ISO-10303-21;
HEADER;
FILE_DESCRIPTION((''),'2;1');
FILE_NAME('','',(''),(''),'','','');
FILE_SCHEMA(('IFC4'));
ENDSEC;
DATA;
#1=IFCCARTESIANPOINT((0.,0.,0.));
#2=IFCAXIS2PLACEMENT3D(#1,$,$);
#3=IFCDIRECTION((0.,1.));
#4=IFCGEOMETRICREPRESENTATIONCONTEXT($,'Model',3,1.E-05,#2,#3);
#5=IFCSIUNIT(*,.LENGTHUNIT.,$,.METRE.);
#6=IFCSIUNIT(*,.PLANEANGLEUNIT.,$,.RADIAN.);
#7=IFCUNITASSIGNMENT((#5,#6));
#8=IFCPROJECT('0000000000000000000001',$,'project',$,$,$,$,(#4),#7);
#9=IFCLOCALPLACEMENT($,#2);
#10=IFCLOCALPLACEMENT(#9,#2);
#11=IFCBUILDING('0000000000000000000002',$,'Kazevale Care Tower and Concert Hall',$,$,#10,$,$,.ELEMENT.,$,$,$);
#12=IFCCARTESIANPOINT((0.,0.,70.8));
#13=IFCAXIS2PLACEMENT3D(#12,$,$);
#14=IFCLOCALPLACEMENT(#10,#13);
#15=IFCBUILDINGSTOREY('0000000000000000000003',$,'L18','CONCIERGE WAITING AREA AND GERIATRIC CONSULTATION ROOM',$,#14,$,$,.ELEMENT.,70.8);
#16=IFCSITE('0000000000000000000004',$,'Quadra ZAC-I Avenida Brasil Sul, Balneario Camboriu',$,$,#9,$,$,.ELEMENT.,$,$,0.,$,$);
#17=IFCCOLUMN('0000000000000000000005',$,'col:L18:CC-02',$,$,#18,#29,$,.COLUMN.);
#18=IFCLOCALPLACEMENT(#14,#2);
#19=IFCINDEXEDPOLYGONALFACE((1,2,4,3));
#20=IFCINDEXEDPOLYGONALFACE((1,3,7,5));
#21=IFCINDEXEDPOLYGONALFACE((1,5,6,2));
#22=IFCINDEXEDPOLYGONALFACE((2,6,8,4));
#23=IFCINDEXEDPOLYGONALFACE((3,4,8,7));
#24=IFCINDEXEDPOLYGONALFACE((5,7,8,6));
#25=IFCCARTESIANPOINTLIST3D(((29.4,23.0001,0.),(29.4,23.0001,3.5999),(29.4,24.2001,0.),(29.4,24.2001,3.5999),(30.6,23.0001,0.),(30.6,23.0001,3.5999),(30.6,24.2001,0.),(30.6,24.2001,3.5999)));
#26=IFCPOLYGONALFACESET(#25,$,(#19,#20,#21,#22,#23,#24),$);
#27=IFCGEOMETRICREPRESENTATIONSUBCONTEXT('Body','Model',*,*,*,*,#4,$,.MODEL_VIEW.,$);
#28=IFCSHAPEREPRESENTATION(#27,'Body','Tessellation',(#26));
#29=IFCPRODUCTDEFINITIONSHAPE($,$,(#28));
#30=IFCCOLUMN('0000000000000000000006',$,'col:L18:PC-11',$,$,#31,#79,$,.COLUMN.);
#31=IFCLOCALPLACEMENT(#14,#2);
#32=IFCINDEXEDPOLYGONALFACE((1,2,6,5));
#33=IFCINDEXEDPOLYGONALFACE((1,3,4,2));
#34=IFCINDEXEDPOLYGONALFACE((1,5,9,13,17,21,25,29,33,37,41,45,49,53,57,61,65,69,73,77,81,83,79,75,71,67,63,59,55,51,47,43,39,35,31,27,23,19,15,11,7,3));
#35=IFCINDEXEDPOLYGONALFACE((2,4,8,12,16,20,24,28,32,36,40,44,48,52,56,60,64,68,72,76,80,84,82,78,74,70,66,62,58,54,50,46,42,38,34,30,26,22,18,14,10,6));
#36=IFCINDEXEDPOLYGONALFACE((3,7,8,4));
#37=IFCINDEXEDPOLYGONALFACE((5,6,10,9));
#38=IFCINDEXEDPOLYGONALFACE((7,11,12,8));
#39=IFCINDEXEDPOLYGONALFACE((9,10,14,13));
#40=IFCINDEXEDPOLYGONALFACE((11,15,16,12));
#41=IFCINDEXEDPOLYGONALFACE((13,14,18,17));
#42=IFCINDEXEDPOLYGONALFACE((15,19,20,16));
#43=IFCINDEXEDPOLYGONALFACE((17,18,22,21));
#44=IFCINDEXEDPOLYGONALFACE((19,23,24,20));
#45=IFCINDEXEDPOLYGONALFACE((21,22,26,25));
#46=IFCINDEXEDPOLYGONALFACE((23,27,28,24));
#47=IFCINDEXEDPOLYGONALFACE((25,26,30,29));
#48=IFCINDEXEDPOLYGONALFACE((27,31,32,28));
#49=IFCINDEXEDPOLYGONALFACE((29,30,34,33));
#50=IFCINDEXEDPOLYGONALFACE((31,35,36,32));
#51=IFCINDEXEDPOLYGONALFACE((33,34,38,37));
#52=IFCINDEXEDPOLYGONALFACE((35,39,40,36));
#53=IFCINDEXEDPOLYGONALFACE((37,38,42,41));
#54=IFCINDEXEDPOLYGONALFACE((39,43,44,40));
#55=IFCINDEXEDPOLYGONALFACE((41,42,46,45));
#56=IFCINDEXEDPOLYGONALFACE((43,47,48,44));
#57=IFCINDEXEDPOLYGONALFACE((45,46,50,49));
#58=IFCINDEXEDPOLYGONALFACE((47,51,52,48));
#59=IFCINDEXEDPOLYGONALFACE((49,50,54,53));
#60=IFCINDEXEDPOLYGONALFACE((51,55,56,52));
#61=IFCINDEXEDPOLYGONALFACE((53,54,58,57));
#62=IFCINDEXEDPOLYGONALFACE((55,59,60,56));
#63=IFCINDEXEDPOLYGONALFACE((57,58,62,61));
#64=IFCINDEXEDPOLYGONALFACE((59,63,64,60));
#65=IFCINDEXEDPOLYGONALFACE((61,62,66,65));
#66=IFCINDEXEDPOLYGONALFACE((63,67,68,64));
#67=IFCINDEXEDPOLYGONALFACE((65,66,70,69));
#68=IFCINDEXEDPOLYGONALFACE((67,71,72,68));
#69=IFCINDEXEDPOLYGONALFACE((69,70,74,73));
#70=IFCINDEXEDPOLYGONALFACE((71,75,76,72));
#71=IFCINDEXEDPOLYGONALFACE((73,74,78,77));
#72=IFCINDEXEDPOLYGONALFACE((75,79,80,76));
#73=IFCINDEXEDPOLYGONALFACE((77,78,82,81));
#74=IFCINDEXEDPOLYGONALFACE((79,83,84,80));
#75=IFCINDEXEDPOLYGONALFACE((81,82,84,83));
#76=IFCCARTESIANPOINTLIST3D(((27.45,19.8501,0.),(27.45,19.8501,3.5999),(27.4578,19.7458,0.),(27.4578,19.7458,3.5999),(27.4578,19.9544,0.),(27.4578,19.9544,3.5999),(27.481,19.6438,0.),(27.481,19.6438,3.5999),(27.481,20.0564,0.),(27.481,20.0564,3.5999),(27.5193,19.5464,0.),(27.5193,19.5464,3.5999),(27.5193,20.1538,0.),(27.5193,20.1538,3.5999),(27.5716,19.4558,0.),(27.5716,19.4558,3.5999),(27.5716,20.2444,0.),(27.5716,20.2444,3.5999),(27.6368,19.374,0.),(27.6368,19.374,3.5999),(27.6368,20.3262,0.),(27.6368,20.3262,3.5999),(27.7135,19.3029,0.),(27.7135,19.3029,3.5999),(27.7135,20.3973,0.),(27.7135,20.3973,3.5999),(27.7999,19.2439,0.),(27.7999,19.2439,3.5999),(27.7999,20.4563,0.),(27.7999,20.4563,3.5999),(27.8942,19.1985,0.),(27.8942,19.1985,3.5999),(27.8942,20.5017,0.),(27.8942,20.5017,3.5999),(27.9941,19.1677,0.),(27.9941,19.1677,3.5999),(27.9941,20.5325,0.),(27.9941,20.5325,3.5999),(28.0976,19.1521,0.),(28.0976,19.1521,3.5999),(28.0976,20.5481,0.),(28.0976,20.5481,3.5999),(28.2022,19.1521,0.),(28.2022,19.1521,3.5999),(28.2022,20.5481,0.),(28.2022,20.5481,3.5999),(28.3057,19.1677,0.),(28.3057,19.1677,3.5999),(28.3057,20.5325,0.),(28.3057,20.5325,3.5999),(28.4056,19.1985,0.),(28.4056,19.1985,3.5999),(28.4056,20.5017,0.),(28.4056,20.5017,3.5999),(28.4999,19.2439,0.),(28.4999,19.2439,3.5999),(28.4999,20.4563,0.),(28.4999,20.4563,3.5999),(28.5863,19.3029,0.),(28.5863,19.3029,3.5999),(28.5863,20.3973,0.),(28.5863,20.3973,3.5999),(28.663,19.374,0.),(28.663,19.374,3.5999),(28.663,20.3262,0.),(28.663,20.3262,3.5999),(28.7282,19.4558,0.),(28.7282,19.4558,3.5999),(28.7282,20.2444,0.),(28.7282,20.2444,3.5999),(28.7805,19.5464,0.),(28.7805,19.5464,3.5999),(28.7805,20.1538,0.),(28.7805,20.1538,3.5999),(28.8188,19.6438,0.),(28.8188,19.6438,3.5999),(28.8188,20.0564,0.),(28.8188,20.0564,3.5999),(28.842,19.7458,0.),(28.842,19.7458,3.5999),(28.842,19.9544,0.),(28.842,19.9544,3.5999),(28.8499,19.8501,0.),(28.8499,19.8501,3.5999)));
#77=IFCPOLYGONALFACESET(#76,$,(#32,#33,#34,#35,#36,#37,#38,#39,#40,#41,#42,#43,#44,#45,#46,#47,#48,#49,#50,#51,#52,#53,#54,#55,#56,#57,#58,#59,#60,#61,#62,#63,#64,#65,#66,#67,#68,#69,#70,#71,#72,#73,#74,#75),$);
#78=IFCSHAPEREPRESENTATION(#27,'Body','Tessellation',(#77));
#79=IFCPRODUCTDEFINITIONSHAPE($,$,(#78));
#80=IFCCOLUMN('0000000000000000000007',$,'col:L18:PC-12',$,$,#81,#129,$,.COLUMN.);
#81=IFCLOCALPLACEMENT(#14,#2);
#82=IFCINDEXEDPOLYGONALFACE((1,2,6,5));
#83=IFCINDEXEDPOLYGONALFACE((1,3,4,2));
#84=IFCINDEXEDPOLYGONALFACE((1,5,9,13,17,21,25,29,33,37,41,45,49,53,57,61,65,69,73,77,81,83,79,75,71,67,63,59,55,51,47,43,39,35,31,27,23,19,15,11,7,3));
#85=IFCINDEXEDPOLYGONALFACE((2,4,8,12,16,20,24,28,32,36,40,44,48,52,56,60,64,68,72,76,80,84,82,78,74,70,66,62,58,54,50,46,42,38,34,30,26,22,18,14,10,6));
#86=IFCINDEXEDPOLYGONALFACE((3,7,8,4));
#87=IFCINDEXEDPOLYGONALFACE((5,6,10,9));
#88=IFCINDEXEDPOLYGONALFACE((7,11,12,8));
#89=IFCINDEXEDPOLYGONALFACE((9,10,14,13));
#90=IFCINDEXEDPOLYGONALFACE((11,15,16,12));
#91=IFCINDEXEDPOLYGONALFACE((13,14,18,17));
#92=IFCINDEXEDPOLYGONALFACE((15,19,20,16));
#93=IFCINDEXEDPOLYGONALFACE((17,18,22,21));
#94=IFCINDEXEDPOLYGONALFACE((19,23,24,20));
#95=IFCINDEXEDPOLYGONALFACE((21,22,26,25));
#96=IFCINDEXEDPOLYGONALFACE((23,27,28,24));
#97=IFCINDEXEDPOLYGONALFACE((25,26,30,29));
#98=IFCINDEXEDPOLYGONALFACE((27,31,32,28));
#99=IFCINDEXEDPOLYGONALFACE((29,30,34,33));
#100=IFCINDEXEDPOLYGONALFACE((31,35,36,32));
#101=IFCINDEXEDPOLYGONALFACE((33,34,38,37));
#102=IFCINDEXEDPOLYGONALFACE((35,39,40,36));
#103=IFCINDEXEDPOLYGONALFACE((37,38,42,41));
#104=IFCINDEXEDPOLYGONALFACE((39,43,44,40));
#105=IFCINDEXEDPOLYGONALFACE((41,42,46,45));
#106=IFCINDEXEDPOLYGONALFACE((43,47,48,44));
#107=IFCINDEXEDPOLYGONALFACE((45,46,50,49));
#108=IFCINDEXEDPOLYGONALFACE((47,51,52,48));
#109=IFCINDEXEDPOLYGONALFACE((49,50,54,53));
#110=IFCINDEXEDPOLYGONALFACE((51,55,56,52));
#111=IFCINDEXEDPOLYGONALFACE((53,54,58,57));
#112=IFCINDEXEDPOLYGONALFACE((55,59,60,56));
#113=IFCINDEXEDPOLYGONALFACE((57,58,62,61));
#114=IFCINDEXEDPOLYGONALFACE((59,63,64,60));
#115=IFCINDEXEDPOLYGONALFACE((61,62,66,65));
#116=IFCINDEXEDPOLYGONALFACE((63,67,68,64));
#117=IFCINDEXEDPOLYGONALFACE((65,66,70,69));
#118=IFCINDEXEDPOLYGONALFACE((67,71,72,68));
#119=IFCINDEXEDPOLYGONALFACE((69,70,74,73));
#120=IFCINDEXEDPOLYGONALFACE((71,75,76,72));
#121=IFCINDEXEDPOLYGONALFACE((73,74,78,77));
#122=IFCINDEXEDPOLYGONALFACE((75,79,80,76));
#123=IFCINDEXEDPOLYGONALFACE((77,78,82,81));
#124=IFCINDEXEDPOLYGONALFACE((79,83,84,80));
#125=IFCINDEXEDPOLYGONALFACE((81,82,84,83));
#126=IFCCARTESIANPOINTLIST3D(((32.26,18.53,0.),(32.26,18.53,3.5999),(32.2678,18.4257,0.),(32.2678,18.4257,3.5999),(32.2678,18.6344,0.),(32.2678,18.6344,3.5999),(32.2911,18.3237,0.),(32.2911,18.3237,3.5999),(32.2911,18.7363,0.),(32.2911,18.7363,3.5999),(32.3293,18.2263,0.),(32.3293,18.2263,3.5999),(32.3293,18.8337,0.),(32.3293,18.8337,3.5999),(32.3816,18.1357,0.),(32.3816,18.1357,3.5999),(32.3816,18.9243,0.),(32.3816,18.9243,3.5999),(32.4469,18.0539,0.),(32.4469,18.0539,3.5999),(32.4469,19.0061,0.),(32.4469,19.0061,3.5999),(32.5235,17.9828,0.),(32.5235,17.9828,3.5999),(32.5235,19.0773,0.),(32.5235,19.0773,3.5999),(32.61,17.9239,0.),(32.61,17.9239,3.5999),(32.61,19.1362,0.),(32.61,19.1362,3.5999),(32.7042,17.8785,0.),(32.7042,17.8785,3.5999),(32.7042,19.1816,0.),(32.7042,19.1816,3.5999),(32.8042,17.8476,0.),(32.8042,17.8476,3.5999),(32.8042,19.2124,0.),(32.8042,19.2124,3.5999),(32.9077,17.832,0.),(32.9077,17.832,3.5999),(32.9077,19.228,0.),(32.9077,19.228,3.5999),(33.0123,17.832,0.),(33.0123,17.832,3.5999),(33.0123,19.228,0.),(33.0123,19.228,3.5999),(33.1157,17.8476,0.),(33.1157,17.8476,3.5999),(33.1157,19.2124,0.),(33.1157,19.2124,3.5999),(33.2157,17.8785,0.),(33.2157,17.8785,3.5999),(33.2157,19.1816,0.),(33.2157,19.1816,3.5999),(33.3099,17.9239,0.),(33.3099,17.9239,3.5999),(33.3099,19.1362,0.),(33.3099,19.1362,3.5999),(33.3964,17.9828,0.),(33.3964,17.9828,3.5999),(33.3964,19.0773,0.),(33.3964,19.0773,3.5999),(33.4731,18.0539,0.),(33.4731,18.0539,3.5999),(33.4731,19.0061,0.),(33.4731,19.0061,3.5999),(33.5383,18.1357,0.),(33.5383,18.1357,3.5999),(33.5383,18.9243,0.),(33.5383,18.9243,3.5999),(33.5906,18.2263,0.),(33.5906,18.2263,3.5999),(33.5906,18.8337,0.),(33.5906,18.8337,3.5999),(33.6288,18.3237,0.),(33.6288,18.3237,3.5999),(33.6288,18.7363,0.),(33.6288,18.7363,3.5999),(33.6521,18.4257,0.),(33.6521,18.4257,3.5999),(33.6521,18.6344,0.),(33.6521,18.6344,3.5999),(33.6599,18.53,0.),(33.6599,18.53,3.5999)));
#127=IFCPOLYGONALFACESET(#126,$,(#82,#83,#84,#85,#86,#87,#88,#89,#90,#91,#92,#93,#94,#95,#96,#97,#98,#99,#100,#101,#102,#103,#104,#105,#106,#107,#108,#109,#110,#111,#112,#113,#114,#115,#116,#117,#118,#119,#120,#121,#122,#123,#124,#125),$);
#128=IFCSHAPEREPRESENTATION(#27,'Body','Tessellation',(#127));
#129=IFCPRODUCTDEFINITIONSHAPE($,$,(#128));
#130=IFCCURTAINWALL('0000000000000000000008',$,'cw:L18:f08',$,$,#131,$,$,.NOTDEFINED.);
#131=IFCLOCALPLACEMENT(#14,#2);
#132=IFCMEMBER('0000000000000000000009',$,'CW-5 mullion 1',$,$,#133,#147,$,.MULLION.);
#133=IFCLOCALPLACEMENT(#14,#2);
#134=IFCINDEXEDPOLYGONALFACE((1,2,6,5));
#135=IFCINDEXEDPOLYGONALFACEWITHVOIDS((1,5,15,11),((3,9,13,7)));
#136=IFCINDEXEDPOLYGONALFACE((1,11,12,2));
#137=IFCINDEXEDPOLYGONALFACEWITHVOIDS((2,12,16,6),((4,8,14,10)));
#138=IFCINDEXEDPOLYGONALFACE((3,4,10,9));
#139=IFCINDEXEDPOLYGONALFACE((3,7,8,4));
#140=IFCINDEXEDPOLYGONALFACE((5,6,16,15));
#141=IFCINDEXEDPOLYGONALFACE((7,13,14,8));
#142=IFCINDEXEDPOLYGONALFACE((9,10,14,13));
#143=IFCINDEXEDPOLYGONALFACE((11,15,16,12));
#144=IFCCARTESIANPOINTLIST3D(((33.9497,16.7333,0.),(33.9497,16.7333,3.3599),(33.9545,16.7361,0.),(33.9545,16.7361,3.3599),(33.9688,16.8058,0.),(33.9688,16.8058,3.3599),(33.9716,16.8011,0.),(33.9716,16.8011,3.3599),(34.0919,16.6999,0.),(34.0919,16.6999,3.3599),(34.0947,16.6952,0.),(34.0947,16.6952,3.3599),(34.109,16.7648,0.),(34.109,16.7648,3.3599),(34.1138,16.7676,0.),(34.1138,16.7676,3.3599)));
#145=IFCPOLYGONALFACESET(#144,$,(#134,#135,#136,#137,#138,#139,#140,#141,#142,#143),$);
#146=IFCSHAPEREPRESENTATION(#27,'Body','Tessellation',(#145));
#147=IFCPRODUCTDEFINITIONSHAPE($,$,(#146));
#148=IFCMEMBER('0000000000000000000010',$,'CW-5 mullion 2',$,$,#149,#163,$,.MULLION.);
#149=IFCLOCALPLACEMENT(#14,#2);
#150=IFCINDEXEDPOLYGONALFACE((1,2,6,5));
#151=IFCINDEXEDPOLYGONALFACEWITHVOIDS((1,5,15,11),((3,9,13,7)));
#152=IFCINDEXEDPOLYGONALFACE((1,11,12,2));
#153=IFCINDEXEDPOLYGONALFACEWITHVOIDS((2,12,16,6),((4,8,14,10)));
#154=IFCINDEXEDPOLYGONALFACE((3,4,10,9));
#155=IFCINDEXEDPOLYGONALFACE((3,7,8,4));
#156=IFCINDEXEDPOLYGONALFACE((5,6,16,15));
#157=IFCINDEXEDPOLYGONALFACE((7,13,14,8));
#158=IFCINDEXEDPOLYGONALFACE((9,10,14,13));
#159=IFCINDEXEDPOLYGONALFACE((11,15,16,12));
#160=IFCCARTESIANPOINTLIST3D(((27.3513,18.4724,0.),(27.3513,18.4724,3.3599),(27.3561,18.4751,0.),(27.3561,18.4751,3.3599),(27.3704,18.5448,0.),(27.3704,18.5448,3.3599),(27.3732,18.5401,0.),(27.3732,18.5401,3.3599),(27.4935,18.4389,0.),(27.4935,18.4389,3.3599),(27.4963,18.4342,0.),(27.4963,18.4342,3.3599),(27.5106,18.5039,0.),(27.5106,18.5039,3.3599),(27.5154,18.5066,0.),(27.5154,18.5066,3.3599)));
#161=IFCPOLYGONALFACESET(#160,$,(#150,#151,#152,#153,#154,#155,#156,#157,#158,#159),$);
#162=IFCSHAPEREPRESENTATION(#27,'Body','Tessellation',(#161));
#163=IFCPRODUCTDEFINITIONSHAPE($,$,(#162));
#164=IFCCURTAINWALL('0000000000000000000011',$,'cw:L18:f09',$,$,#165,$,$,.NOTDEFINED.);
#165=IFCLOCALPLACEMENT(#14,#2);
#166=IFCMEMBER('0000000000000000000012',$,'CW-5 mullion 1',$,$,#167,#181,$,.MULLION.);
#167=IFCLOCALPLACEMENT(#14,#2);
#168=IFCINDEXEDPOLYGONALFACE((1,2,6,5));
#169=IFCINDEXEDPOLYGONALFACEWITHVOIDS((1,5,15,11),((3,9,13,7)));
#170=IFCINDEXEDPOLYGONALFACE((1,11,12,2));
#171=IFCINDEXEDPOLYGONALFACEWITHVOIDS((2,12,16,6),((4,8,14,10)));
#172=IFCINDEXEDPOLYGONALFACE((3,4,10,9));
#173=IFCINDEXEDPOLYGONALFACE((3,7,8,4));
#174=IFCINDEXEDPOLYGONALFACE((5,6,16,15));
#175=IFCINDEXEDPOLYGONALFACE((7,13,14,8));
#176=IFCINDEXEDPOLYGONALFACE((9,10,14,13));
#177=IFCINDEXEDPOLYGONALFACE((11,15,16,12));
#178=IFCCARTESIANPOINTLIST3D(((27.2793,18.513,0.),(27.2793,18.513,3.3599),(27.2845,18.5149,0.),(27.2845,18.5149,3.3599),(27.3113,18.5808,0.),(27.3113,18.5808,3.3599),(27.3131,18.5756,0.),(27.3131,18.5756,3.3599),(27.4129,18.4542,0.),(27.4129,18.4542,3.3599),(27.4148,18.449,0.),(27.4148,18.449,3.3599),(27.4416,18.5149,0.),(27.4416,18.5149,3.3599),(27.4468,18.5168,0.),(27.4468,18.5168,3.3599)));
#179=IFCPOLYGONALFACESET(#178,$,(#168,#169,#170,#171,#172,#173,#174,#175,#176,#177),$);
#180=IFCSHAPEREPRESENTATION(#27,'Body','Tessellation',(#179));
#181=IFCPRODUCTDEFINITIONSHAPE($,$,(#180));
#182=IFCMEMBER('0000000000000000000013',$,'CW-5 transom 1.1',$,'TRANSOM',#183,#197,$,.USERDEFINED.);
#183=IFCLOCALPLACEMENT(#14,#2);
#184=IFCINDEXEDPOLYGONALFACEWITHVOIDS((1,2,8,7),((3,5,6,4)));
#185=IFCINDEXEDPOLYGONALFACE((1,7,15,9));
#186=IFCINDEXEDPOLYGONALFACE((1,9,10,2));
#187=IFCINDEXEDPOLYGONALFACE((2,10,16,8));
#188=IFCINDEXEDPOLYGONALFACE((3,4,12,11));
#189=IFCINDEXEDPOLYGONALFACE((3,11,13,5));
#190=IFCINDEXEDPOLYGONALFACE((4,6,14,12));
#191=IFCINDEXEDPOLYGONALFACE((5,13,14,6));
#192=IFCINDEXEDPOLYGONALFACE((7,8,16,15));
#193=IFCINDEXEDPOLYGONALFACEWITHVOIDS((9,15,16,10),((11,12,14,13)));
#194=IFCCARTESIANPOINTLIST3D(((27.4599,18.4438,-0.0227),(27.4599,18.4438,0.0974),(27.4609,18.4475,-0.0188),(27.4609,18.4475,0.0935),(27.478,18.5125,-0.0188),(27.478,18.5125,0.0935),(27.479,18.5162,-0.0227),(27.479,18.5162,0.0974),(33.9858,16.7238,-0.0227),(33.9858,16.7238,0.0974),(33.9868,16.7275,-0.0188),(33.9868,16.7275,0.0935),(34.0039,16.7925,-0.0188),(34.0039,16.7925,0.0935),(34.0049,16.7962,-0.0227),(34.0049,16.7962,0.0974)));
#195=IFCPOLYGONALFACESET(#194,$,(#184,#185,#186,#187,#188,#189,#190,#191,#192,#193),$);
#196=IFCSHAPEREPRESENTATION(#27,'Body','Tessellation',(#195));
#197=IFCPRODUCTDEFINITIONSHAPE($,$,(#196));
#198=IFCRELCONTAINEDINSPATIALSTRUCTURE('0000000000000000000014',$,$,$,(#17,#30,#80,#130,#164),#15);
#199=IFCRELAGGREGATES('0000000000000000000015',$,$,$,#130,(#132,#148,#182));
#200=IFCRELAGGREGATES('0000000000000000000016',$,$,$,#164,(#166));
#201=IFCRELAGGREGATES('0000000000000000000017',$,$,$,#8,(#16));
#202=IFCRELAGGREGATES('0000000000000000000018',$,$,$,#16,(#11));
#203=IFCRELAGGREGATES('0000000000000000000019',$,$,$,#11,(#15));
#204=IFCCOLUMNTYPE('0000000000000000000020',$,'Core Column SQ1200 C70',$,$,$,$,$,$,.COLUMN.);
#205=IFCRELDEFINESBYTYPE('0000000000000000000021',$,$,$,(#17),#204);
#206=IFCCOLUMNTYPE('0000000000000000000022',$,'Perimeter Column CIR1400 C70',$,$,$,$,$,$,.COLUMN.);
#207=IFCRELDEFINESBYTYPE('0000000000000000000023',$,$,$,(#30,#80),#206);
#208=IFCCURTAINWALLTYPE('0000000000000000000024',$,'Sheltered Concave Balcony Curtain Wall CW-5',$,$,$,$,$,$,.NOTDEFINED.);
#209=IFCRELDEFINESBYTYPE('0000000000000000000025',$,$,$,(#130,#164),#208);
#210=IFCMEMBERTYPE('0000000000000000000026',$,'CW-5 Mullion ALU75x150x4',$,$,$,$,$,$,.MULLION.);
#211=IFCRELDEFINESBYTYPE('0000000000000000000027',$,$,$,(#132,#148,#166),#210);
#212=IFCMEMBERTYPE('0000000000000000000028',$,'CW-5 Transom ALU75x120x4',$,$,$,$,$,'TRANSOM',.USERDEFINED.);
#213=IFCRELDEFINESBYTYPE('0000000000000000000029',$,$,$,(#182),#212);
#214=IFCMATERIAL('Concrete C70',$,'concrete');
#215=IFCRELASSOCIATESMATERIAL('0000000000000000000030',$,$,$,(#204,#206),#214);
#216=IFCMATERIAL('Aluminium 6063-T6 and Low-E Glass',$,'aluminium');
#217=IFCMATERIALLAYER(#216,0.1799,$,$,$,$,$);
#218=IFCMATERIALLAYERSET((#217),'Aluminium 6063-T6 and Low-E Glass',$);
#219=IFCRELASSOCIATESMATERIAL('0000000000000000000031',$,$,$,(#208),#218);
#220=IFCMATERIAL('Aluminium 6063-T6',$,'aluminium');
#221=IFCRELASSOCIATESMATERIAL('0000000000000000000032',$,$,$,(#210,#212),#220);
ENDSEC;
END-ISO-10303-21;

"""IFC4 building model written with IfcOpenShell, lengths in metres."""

from ifc_helpers import new_model, si_unit, direction, frame, origin, origin_2d, place, context, subcontext, project, spatial, rectangle, hollow_rectangle, circle, extrude, material, layer, layer_set, material_profile, profile_set, type_object, element, aggregate, save


model = new_model("IFC4")

# Units and contexts
model_context = context("Model", 3, precision=1e-05, world=origin(), true_north=direction((0.0, 1.0)))
body_context = subcontext(model_context, "Body", "Model", "MODEL_VIEW")
ifc_project = project(units=[si_unit("LENGTHUNIT", "METRE"), si_unit("PLANEANGLEUNIT", "RADIAN")], contexts=[model_context])

# Site, building, storey
site_placement = place(None, origin())
site = spatial("IfcSite", under=ifc_project, at=site_placement, Name="Quadra ZAC-I Avenida Brasil Sul, Balneario Camboriu", CompositionType="ELEMENT", RefElevation=0.0)
building_placement = place(site_placement, origin())
building = spatial("IfcBuilding", under=site, at=building_placement, Name="Kazevale Care Tower and Concert Hall", CompositionType="ELEMENT")
storey_placement = place(building_placement, frame((0.0, 0.0, 70.8)))
storey = spatial("IfcBuildingStorey", under=building, at=storey_placement, Name="L18", Description="CONCIERGE WAITING AREA AND GERIATRIC CONSULTATION ROOM", CompositionType="ELEMENT", Elevation=70.8)

# Columns
ifc_material_1 = material(Name="Concrete C70", Category="concrete")
ifc_material_profile_1 = material_profile(ifc_material_1, rectangle(XDim=1.2, YDim=1.2, at=origin_2d()), Name="RC-SQ1200")
ifc_profile_set_1 = profile_set([ifc_material_profile_1], Name="Concrete C70")
column_type_1 = type_object("IfcColumnType", Name="Core Column SQ1200 C70", PredefinedType="COLUMN", material=ifc_profile_set_1)
column_placement = place(storey_placement, frame((30.0, 23.6001, 0.0), z_axis=(0.0, 0.0, 1.0), x_axis=(1.0, 0.0, 0.0)))
element("IfcColumn", 1, at=column_placement, inside=storey, type_object=column_type_1, Name="col:L18:CC-02", PredefinedType="COLUMN", context=body_context, shape_type="SweptSolid", body=[
    extrude(rectangle(XDim=1.2, YDim=1.2, at=origin_2d()), origin(), (0.0, 0.0, 1.0), 3.5999),
])
ifc_material_profile_2 = material_profile(ifc_material_1, circle(Radius=0.7, at=origin_2d()), Name="RC-CIR1400")
ifc_profile_set_2 = profile_set([ifc_material_profile_2], Name="Concrete C70")
column_type_2 = type_object("IfcColumnType", Name="Perimeter Column CIR1400 C70", PredefinedType="COLUMN", material=ifc_profile_set_2)
for number, where, z_axis, x_axis, name in (
    (2, (28.1499, 19.8501, 0.0), (0.0, 0.0, 1.0), (1.0, 0.0, 0.0), "col:L18:PC-11"),
    (3, (32.96, 18.53, 0.0), (0.0, 0.0, 1.0), (1.0, 0.0, 0.0), "col:L18:PC-12"),
):
    element("IfcColumn", number, at=place(storey_placement, frame(where, z_axis=z_axis, x_axis=x_axis)), inside=storey, type_object=column_type_2, Name=name, PredefinedType="COLUMN", context=body_context, shape_type="SweptSolid", body=[
        extrude(circle(Radius=0.7, at=origin_2d()), origin(), (0.0, 0.0, 1.0), 3.5999),
    ])

# Curtain wall, members
ifc_material_2 = material(Name="Aluminium 6063-T6 and Low-E Glass", Category="aluminium")
ifc_layer_1 = layer(ifc_material_2, 0.1799)
ifc_layer_set_1 = layer_set([ifc_layer_1], Name="Aluminium 6063-T6 and Low-E Glass")
curtain_wall_type = type_object("IfcCurtainWallType", Name="Sheltered Concave Balcony Curtain Wall CW-5", PredefinedType="NOTDEFINED", material=ifc_layer_set_1)
curtain_wall_1_placement = place(storey_placement, origin())
curtain_wall_1 = element("IfcCurtainWall", 4, at=curtain_wall_1_placement, inside=storey, type_object=curtain_wall_type, Name="cw:L18:f08", PredefinedType="NOTDEFINED")
ifc_material_3 = material(Name="Aluminium 6063-T6", Category="aluminium")
ifc_material_profile_3 = material_profile(ifc_material_3, hollow_rectangle(XDim=0.075, YDim=0.1499, WallThickness=0.0039, at=origin_2d()), Name="ALU75x150x4")
ifc_profile_set_3 = profile_set([ifc_material_profile_3], Name="Aluminium 6063-T6")
member_type_1 = type_object("IfcMemberType", Name="CW-5 Mullion ALU75x150x4", PredefinedType="MULLION", material=ifc_profile_set_3)
member_1_placement = place(storey_placement, frame((34.0317, 16.7505, 0.0), z_axis=(0.0, 0.0, 1.0), x_axis=(-0.254829, -0.966986, 0.0)))
member_1 = element("IfcMember", 5, at=member_1_placement, type_object=member_type_1, Name="CW-5 mullion 1", PredefinedType="MULLION", context=body_context, shape_type="SweptSolid", body=[
    extrude(hollow_rectangle(XDim=0.075, YDim=0.1499, WallThickness=0.0039, at=origin_2d()), origin(), (0.0, 0.0, 1.0), 3.3599),
])
member_2_placement = place(storey_placement, frame((27.4333, 18.4895, 0.0), z_axis=(0.0, 0.0, 1.0), x_axis=(-0.254829, -0.966986, 0.0)))
member_2 = element("IfcMember", 6, at=member_2_placement, type_object=member_type_1, Name="CW-5 mullion 2", PredefinedType="MULLION", context=body_context, shape_type="SweptSolid", body=[
    extrude(hollow_rectangle(XDim=0.075, YDim=0.1499, WallThickness=0.0039, at=origin_2d()), origin(), (0.0, 0.0, 1.0), 3.3599),
])

# Curtain wall, member
curtain_wall_2_placement = place(storey_placement, origin())
curtain_wall_2 = element("IfcCurtainWall", 7, at=curtain_wall_2_placement, inside=storey, type_object=curtain_wall_type, Name="cw:L18:f09", PredefinedType="NOTDEFINED")
member_3_placement = place(storey_placement, frame((27.363, 18.5149, 0.0), z_axis=(0.0, 0.0, 1.0), x_axis=(-0.426942, -0.904279, 0.0)))
member_3 = element("IfcMember", 8, at=member_3_placement, type_object=member_type_1, Name="CW-5 mullion 1", PredefinedType="MULLION", context=body_context, shape_type="SweptSolid", body=[
    extrude(hollow_rectangle(XDim=0.075, YDim=0.1499, WallThickness=0.0039, at=origin_2d()), origin(), (0.0, 0.0, 1.0), 3.3599),
])

# Member
ifc_material_profile_4 = material_profile(ifc_material_3, hollow_rectangle(XDim=0.075, YDim=0.1201, WallThickness=0.0039, at=origin_2d()), Name="ALU75x120x4")
ifc_profile_set_4 = profile_set([ifc_material_profile_4], Name="Aluminium 6063-T6")
member_type_2 = type_object("IfcMemberType", Name="CW-5 Transom ALU75x120x4", ElementType="TRANSOM", PredefinedType="USERDEFINED", material=ifc_profile_set_4)
member_4_placement = place(storey_placement, frame((33.9954, 16.76, 0.0374), z_axis=(-0.966978, 0.254858, 0.0), x_axis=(-0.254858, -0.966978, 0.0)))
member_4 = element("IfcMember", 9, at=member_4_placement, type_object=member_type_2, Name="CW-5 transom 1.1", ObjectType="TRANSOM", PredefinedType="USERDEFINED", context=body_context, shape_type="SweptSolid", body=[
    extrude(hollow_rectangle(XDim=0.075, YDim=0.1201, WallThickness=0.0039, at=origin_2d()), origin(), (0.0, 0.0, 1.0), 6.7488),
])

aggregate(curtain_wall_1, [member_1, member_2, member_4])
aggregate(curtain_wall_2, [member_3])

save(model, "model.ifc")
